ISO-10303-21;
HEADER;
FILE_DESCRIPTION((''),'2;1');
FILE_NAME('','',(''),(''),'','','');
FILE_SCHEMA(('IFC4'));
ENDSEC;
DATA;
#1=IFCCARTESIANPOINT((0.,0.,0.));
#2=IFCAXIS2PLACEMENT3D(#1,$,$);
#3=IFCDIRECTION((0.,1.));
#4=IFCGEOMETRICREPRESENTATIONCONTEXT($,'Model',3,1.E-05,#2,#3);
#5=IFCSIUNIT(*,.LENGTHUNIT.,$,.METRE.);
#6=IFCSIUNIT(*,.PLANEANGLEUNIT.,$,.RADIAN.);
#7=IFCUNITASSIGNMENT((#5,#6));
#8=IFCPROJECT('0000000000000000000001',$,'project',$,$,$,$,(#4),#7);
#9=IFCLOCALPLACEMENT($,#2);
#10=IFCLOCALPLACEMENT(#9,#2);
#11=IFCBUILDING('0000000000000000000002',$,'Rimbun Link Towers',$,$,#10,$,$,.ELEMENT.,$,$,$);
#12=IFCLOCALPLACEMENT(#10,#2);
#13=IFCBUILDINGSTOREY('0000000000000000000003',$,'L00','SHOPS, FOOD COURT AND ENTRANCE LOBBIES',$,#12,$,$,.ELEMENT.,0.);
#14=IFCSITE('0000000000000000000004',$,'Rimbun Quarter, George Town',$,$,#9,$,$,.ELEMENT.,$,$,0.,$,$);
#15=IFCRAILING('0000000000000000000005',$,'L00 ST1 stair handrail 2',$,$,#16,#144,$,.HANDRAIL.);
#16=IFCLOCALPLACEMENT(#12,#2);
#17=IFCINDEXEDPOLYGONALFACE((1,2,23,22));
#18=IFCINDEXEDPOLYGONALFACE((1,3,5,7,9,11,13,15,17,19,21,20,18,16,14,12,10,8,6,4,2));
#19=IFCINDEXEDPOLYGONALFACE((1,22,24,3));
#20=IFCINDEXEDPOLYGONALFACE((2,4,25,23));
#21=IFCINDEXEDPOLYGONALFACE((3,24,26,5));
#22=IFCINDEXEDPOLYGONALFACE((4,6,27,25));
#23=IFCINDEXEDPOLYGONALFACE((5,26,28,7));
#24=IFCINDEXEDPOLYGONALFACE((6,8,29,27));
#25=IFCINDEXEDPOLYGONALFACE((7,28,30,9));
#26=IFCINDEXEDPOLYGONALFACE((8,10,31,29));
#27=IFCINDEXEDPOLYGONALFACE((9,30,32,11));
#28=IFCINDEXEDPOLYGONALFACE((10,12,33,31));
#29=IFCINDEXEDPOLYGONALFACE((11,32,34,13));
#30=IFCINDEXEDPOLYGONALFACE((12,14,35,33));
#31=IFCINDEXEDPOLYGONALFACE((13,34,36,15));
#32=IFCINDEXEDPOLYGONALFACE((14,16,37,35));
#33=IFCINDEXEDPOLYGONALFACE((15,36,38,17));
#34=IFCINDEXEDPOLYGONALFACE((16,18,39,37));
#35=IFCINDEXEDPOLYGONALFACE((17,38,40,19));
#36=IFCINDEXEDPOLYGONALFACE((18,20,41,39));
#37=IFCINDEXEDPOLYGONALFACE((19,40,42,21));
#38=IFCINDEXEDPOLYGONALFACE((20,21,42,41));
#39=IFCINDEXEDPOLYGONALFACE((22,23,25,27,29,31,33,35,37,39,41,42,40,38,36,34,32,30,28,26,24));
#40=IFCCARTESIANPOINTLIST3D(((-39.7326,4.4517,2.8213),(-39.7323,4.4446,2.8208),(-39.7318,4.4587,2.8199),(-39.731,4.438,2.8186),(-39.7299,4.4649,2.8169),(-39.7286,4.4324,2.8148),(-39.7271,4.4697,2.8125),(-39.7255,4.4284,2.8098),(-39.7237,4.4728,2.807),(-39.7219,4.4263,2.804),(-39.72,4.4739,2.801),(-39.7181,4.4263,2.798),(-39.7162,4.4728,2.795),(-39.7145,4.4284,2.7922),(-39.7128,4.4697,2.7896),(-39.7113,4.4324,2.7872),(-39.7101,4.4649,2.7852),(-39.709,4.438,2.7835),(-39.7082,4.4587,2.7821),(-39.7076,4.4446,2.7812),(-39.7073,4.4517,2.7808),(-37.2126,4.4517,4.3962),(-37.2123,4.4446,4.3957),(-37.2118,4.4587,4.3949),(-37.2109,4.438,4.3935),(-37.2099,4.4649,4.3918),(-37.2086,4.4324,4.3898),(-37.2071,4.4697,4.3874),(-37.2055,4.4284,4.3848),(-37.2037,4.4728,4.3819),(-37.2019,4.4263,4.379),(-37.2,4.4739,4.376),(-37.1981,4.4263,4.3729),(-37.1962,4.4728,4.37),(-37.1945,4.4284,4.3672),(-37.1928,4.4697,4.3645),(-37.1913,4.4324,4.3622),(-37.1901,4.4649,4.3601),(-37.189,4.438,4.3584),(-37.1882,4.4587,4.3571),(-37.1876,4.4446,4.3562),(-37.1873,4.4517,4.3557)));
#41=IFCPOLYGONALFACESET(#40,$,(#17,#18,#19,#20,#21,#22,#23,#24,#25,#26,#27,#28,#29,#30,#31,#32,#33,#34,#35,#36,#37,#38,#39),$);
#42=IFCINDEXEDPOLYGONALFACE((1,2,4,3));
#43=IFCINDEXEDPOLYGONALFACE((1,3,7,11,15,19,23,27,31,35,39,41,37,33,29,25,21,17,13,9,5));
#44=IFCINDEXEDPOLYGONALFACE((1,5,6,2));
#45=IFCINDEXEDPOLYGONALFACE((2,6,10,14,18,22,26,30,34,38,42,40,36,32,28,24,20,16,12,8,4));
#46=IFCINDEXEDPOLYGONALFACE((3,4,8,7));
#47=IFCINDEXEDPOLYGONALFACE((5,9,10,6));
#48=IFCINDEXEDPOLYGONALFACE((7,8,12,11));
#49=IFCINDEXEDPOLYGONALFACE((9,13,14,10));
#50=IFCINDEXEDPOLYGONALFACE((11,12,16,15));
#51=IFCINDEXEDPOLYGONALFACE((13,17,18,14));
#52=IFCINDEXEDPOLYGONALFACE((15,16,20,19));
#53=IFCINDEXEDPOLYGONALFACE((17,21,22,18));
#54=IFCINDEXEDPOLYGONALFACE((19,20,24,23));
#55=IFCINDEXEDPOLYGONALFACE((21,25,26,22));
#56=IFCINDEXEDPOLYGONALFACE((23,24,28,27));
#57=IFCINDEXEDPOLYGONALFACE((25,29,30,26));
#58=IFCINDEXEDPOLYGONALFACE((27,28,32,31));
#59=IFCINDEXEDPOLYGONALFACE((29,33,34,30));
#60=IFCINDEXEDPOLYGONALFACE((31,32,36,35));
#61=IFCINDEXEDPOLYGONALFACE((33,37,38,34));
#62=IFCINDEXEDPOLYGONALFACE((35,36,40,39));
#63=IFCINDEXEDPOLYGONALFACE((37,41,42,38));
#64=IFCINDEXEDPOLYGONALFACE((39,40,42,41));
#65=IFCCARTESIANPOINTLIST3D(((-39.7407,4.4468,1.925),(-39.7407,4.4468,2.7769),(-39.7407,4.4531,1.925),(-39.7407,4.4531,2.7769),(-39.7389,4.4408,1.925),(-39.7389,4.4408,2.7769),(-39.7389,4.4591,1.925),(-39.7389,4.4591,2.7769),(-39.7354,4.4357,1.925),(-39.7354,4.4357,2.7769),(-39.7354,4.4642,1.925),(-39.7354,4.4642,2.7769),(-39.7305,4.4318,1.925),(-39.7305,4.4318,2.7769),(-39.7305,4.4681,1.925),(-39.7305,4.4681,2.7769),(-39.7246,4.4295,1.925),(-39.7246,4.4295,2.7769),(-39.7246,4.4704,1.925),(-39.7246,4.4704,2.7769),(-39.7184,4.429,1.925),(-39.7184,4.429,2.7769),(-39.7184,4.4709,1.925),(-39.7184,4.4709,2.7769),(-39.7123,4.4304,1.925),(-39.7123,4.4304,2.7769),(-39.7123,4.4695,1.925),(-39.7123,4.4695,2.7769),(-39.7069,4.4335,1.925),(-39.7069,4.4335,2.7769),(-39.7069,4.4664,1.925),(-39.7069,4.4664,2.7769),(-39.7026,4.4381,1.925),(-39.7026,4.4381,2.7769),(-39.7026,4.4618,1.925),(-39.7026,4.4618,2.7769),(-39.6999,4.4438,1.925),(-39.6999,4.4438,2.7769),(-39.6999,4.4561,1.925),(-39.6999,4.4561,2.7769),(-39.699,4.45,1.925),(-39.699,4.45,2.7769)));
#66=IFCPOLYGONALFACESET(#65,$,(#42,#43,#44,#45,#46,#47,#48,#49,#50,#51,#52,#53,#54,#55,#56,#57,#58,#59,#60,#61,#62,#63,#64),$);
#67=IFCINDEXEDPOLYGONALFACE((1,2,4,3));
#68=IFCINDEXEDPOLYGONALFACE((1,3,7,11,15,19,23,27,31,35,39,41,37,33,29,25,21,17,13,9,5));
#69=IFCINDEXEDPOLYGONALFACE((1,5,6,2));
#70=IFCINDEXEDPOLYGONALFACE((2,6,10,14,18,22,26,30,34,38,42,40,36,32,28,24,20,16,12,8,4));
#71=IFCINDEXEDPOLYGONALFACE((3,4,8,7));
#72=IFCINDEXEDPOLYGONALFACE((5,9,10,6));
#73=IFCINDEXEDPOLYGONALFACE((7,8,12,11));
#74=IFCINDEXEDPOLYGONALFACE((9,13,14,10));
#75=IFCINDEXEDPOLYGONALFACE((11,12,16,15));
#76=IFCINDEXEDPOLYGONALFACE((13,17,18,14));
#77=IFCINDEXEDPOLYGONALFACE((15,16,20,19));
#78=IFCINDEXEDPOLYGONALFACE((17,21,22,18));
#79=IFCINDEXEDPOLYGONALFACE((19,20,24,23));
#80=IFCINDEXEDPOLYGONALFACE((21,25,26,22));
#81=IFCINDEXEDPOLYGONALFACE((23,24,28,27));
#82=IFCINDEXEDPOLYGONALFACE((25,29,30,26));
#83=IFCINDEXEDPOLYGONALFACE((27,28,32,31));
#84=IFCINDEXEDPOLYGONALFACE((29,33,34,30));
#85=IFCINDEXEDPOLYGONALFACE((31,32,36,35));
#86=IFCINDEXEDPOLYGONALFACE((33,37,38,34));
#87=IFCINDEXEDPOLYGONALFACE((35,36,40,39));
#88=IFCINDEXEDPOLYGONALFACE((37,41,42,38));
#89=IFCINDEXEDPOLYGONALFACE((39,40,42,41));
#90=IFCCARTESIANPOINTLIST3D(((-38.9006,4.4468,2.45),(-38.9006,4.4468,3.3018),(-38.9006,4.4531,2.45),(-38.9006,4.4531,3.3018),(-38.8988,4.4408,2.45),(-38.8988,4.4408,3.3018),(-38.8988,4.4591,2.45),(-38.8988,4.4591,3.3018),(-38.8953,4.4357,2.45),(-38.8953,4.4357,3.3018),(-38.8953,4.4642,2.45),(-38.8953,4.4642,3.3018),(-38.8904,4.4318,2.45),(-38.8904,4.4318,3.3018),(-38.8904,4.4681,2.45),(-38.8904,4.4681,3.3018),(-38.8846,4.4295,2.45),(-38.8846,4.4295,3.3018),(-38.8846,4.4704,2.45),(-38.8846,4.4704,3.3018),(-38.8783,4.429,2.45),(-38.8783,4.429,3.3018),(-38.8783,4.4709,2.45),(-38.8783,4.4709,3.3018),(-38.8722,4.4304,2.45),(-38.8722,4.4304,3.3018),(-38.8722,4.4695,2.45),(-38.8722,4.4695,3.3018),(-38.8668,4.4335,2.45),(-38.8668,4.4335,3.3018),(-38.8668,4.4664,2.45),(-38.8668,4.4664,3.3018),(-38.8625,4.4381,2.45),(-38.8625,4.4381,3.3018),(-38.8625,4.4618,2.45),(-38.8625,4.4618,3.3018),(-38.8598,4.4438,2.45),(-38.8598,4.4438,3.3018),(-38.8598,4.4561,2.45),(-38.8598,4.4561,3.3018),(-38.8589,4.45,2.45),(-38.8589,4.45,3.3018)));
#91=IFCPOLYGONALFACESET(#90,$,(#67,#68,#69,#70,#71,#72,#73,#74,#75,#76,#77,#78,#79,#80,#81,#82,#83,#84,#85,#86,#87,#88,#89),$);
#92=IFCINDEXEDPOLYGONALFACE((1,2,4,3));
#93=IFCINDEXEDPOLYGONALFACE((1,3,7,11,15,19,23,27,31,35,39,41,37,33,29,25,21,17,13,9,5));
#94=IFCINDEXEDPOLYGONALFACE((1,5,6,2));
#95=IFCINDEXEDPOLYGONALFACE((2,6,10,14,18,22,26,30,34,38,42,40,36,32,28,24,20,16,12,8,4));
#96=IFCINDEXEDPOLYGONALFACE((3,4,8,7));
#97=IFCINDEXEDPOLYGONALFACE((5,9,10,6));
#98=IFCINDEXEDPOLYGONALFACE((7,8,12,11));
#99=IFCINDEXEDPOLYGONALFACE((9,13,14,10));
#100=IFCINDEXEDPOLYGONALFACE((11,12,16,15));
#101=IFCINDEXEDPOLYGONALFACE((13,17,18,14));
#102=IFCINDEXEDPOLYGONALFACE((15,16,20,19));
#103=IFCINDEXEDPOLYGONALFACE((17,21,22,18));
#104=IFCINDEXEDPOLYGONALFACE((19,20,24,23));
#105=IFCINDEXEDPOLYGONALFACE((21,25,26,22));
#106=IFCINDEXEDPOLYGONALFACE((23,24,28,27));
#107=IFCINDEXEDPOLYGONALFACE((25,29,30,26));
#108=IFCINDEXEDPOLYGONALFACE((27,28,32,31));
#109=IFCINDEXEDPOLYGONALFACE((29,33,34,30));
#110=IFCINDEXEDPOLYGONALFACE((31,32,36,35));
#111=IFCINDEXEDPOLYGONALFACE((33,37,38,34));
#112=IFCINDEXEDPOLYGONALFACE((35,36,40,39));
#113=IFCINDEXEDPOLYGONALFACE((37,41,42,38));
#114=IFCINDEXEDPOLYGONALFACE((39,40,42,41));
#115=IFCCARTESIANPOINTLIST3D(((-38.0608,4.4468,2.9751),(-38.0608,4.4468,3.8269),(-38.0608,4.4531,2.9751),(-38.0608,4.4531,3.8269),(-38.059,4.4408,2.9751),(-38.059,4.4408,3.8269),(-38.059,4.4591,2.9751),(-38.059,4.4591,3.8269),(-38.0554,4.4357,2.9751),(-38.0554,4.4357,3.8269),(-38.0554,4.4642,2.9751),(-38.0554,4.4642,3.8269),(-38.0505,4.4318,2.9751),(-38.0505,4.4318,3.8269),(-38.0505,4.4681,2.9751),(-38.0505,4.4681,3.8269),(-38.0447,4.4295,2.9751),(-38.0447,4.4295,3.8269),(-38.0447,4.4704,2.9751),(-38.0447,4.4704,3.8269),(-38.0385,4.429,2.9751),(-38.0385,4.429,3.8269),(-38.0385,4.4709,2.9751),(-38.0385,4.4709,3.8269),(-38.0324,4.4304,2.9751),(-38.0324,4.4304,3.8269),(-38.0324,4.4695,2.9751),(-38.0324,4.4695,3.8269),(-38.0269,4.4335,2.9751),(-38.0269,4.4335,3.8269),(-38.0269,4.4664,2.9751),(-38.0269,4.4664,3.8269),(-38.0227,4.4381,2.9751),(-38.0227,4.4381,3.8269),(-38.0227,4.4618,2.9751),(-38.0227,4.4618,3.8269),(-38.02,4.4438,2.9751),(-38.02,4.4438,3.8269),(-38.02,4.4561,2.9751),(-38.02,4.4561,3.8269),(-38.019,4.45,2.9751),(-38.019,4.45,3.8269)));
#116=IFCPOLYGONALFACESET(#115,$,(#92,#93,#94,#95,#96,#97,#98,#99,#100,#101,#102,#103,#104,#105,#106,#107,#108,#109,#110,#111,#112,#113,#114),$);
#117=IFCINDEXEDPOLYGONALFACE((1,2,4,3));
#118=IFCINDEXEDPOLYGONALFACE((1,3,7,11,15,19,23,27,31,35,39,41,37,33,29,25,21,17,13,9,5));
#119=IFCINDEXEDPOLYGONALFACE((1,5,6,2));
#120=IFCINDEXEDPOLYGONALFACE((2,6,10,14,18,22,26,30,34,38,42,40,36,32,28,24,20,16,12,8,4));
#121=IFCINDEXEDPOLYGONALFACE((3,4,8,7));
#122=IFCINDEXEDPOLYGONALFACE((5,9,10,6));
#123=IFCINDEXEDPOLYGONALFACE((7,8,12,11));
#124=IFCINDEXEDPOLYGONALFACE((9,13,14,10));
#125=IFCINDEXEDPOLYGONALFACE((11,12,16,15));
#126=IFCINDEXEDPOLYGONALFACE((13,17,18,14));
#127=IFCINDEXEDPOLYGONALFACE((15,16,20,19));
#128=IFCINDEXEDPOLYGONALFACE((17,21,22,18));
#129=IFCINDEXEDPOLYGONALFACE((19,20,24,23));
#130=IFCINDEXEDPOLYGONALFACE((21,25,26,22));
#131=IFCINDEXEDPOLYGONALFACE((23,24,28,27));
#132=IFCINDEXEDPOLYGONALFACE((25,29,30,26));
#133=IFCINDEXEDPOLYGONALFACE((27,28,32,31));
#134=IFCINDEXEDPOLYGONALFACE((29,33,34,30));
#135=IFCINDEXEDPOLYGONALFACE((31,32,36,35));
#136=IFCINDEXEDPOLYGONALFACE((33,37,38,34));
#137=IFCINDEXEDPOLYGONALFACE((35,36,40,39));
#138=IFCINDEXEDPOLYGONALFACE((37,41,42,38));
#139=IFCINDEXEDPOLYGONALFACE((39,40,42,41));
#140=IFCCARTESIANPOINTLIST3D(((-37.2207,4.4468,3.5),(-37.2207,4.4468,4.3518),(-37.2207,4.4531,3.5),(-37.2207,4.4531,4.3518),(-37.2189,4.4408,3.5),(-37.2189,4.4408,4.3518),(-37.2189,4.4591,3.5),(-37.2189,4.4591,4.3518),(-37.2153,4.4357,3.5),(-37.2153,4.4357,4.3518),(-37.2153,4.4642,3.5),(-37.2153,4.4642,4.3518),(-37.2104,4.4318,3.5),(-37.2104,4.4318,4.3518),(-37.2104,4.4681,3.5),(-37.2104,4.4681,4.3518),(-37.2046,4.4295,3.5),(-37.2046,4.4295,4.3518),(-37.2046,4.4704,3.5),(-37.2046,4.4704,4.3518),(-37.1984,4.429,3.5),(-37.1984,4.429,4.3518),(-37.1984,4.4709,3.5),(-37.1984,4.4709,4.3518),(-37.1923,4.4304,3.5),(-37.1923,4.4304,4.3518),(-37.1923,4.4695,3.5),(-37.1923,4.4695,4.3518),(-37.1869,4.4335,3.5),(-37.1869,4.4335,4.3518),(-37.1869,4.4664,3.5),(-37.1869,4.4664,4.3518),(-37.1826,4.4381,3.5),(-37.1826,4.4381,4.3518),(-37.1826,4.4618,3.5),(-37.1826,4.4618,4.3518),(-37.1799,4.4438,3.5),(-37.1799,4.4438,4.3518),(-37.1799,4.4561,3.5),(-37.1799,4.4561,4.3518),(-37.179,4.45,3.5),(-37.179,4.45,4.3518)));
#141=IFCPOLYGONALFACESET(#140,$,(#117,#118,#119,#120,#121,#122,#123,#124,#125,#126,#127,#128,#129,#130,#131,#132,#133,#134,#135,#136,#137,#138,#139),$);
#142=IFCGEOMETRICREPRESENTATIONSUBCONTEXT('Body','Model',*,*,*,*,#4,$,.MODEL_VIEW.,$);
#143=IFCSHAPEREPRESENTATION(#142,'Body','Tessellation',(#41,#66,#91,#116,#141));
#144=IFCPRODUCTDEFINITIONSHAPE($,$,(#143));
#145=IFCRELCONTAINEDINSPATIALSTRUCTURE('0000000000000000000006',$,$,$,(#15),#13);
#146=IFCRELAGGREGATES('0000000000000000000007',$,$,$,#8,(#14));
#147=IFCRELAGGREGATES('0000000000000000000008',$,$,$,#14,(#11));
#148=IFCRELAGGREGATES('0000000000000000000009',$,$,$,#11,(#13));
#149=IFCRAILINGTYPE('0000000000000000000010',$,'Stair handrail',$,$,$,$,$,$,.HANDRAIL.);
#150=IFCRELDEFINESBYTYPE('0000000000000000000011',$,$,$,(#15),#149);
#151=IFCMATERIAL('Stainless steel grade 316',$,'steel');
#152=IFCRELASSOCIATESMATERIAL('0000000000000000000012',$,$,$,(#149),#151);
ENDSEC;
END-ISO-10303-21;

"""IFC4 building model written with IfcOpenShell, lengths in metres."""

from ifc_helpers import new_model, si_unit, direction, frame, origin, origin_2d, place, context, subcontext, project, spatial, circle, extrude, material, type_object, element, save


model = new_model("IFC4")

# Units and contexts
model_context = context("Model", 3, precision=1e-05, world=origin(), true_north=direction((0.0, 1.0)))
body_context = subcontext(model_context, "Body", "Model", "MODEL_VIEW")
ifc_project = project(units=[si_unit("LENGTHUNIT", "METRE"), si_unit("PLANEANGLEUNIT", "RADIAN")], contexts=[model_context])

# Site, building, storey
site_placement = place(None, origin())
site = spatial("IfcSite", under=ifc_project, at=site_placement, Name="Rimbun Quarter, George Town", CompositionType="ELEMENT", RefElevation=0.0)
building_placement = place(site_placement, origin())
building = spatial("IfcBuilding", under=site, at=building_placement, Name="Rimbun Link Towers", CompositionType="ELEMENT")
storey_placement = place(building_placement, origin())
storey = spatial("IfcBuildingStorey", under=building, at=storey_placement, Name="L00", Description="SHOPS, FOOD COURT AND ENTRANCE LOBBIES", CompositionType="ELEMENT", Elevation=0.0)

# Railing
ifc_material_1 = material(Name="Stainless steel grade 316", Category="steel")
railing_type = type_object("IfcRailingType", Name="Stair handrail", PredefinedType="HANDRAIL", material=ifc_material_1)
for number, where, name in (
    (1, (-39.72, 4.45, 1.925), "L00 ST1 stair handrail 2"),
):
    element("IfcRailing", number, at=place(storey_placement, frame(where)), inside=storey, type_object=railing_type, Name=name, PredefinedType="HANDRAIL", context=body_context, shape_type="SweptSolid", body=[
        extrude(circle(Radius=0.0239, at=origin_2d()), frame((0.0, 0.0, 0.876), z_axis=(0.848008, 0.0, 0.529984), x_axis=(0.0, 1.0, 0.0)), (0.0, 0.0, 1.0), 2.9717),
        extrude(circle(Radius=0.021, at=origin_2d()), origin(), (0.0, 0.0, 1.0), 0.8518),
        extrude(circle(Radius=0.021, at=origin_2d()), frame((0.8401, 0.0, 0.5249)), (0.0, 0.0, 1.0), 0.8518),
        extrude(circle(Radius=0.021, at=origin_2d()), frame((1.6799, 0.0, 1.05)), (0.0, 0.0, 1.0), 0.8518),
        extrude(circle(Radius=0.021, at=origin_2d()), frame((2.52, 0.0, 1.575)), (0.0, 0.0, 1.0), 0.8518),
    ])

save(model, "model.ifc")
